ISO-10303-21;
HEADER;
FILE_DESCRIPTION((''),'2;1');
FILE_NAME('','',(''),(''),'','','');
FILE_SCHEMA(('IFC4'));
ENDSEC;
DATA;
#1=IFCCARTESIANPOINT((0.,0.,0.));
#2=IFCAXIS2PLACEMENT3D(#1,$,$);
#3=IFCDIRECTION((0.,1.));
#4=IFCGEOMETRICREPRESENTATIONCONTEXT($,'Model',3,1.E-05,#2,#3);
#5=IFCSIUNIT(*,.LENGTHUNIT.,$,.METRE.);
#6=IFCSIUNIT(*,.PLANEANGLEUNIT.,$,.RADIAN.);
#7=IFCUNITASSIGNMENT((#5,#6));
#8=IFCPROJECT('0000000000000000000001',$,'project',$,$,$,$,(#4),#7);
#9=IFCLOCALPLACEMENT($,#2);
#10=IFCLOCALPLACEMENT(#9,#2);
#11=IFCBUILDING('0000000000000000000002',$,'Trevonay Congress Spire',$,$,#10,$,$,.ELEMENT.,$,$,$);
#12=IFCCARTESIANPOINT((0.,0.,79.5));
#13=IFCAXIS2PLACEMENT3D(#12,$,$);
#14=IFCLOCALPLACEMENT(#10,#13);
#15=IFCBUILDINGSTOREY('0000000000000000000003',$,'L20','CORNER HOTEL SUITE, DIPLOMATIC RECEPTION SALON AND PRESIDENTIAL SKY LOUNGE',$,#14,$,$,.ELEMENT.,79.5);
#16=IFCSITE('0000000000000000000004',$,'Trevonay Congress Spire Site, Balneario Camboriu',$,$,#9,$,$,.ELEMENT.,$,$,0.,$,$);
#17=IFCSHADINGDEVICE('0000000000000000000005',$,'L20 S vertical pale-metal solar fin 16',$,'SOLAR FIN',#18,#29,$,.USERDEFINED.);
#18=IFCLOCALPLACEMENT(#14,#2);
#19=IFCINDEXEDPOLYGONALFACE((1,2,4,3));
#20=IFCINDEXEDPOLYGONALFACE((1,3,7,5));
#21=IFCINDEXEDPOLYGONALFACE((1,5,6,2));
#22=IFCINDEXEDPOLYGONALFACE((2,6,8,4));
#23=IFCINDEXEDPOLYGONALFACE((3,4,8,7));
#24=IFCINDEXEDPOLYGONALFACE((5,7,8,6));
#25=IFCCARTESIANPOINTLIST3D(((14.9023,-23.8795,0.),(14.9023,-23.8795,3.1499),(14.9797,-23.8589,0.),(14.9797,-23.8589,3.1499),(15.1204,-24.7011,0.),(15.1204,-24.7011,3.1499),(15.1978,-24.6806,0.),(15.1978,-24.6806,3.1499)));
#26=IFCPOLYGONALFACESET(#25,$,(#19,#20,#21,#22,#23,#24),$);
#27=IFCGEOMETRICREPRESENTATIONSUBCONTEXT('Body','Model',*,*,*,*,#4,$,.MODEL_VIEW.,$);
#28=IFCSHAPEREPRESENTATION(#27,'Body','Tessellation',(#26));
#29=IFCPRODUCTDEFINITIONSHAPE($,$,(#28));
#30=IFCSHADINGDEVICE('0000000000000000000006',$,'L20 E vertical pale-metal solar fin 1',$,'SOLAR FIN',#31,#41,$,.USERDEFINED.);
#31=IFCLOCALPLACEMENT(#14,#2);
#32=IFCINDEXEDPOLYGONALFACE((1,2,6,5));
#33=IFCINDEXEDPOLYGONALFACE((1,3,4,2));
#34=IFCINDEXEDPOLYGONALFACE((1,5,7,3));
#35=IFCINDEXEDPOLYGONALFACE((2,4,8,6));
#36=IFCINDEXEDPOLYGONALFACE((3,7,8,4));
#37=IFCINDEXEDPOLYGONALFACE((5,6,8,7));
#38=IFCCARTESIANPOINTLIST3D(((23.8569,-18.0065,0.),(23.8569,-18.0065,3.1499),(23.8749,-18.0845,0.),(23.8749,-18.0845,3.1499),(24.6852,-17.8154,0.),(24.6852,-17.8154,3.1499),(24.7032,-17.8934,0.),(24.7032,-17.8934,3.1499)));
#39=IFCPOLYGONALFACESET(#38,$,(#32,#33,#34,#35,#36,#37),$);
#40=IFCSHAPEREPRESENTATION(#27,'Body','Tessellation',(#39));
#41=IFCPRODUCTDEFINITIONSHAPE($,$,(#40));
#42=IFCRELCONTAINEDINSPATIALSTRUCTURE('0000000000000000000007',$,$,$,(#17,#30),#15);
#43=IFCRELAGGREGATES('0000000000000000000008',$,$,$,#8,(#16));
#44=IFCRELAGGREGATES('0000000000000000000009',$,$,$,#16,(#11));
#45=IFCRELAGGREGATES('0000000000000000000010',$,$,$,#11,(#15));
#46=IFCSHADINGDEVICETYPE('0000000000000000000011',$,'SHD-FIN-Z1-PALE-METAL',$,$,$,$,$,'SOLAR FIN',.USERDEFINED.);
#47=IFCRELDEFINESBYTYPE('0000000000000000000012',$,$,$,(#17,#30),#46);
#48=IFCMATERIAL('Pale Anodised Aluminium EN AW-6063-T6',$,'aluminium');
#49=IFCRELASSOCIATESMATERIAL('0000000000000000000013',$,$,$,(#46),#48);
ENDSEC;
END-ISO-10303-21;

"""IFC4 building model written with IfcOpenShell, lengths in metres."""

from ifc_helpers import new_model, si_unit, direction, frame, origin, origin_2d, place, context, subcontext, project, spatial, rectangle, extrude, material, type_object, element, save


model = new_model("IFC4")

# Units and contexts
model_context = context("Model", 3, precision=1e-05, world=origin(), true_north=direction((0.0, 1.0)))
body_context = subcontext(model_context, "Body", "Model", "MODEL_VIEW")
ifc_project = project(units=[si_unit("LENGTHUNIT", "METRE"), si_unit("PLANEANGLEUNIT", "RADIAN")], contexts=[model_context])

# Site, building, storey
site_placement = place(None, origin())
site = spatial("IfcSite", under=ifc_project, at=site_placement, Name="Trevonay Congress Spire Site, Balneario Camboriu", CompositionType="ELEMENT", RefElevation=0.0)
building_placement = place(site_placement, origin())
building = spatial("IfcBuilding", under=site, at=building_placement, Name="Trevonay Congress Spire", CompositionType="ELEMENT")
storey_placement = place(building_placement, frame((0.0, 0.0, 79.5)))
storey = spatial("IfcBuildingStorey", under=building, at=storey_placement, Name="L20", Description="CORNER HOTEL SUITE, DIPLOMATIC RECEPTION SALON AND PRESIDENTIAL SKY LOUNGE", CompositionType="ELEMENT", Elevation=79.5)

# Shared definitions
ifc_material_1 = material(Name="Pale Anodised Aluminium EN AW-6063-T6", Category="aluminium")

# Shading devices
shading_device_type = type_object("IfcShadingDeviceType", Name="SHD-FIN-Z1-PALE-METAL", ElementType="SOLAR FIN", PredefinedType="USERDEFINED", material=ifc_material_1)
for number, where, z_axis, x_axis, name in (
    (1, (15.05, -24.28, 0.0), (0.0, 0.0, 1.0), (0.966511, 0.256627, 0.0), "L20 S vertical pale-metal solar fin 16"),
    (2, (24.28, -17.95, 0.0), (0.0, 0.0, 1.0), (-0.224781, 0.974409, 0.0), "L20 E vertical pale-metal solar fin 1"),
):
    element("IfcShadingDevice", number, at=place(storey_placement, frame(where, z_axis=z_axis, x_axis=x_axis)), inside=storey, type_object=shading_device_type, Name=name, ObjectType="SOLAR FIN", PredefinedType="USERDEFINED", context=body_context, shape_type="SweptSolid", body=[
        extrude(rectangle(XDim=0.0801, YDim=0.8501, at=origin_2d()), origin(), (0.0, 0.0, 1.0), 3.1499),
    ])

save(model, "model.ifc")
